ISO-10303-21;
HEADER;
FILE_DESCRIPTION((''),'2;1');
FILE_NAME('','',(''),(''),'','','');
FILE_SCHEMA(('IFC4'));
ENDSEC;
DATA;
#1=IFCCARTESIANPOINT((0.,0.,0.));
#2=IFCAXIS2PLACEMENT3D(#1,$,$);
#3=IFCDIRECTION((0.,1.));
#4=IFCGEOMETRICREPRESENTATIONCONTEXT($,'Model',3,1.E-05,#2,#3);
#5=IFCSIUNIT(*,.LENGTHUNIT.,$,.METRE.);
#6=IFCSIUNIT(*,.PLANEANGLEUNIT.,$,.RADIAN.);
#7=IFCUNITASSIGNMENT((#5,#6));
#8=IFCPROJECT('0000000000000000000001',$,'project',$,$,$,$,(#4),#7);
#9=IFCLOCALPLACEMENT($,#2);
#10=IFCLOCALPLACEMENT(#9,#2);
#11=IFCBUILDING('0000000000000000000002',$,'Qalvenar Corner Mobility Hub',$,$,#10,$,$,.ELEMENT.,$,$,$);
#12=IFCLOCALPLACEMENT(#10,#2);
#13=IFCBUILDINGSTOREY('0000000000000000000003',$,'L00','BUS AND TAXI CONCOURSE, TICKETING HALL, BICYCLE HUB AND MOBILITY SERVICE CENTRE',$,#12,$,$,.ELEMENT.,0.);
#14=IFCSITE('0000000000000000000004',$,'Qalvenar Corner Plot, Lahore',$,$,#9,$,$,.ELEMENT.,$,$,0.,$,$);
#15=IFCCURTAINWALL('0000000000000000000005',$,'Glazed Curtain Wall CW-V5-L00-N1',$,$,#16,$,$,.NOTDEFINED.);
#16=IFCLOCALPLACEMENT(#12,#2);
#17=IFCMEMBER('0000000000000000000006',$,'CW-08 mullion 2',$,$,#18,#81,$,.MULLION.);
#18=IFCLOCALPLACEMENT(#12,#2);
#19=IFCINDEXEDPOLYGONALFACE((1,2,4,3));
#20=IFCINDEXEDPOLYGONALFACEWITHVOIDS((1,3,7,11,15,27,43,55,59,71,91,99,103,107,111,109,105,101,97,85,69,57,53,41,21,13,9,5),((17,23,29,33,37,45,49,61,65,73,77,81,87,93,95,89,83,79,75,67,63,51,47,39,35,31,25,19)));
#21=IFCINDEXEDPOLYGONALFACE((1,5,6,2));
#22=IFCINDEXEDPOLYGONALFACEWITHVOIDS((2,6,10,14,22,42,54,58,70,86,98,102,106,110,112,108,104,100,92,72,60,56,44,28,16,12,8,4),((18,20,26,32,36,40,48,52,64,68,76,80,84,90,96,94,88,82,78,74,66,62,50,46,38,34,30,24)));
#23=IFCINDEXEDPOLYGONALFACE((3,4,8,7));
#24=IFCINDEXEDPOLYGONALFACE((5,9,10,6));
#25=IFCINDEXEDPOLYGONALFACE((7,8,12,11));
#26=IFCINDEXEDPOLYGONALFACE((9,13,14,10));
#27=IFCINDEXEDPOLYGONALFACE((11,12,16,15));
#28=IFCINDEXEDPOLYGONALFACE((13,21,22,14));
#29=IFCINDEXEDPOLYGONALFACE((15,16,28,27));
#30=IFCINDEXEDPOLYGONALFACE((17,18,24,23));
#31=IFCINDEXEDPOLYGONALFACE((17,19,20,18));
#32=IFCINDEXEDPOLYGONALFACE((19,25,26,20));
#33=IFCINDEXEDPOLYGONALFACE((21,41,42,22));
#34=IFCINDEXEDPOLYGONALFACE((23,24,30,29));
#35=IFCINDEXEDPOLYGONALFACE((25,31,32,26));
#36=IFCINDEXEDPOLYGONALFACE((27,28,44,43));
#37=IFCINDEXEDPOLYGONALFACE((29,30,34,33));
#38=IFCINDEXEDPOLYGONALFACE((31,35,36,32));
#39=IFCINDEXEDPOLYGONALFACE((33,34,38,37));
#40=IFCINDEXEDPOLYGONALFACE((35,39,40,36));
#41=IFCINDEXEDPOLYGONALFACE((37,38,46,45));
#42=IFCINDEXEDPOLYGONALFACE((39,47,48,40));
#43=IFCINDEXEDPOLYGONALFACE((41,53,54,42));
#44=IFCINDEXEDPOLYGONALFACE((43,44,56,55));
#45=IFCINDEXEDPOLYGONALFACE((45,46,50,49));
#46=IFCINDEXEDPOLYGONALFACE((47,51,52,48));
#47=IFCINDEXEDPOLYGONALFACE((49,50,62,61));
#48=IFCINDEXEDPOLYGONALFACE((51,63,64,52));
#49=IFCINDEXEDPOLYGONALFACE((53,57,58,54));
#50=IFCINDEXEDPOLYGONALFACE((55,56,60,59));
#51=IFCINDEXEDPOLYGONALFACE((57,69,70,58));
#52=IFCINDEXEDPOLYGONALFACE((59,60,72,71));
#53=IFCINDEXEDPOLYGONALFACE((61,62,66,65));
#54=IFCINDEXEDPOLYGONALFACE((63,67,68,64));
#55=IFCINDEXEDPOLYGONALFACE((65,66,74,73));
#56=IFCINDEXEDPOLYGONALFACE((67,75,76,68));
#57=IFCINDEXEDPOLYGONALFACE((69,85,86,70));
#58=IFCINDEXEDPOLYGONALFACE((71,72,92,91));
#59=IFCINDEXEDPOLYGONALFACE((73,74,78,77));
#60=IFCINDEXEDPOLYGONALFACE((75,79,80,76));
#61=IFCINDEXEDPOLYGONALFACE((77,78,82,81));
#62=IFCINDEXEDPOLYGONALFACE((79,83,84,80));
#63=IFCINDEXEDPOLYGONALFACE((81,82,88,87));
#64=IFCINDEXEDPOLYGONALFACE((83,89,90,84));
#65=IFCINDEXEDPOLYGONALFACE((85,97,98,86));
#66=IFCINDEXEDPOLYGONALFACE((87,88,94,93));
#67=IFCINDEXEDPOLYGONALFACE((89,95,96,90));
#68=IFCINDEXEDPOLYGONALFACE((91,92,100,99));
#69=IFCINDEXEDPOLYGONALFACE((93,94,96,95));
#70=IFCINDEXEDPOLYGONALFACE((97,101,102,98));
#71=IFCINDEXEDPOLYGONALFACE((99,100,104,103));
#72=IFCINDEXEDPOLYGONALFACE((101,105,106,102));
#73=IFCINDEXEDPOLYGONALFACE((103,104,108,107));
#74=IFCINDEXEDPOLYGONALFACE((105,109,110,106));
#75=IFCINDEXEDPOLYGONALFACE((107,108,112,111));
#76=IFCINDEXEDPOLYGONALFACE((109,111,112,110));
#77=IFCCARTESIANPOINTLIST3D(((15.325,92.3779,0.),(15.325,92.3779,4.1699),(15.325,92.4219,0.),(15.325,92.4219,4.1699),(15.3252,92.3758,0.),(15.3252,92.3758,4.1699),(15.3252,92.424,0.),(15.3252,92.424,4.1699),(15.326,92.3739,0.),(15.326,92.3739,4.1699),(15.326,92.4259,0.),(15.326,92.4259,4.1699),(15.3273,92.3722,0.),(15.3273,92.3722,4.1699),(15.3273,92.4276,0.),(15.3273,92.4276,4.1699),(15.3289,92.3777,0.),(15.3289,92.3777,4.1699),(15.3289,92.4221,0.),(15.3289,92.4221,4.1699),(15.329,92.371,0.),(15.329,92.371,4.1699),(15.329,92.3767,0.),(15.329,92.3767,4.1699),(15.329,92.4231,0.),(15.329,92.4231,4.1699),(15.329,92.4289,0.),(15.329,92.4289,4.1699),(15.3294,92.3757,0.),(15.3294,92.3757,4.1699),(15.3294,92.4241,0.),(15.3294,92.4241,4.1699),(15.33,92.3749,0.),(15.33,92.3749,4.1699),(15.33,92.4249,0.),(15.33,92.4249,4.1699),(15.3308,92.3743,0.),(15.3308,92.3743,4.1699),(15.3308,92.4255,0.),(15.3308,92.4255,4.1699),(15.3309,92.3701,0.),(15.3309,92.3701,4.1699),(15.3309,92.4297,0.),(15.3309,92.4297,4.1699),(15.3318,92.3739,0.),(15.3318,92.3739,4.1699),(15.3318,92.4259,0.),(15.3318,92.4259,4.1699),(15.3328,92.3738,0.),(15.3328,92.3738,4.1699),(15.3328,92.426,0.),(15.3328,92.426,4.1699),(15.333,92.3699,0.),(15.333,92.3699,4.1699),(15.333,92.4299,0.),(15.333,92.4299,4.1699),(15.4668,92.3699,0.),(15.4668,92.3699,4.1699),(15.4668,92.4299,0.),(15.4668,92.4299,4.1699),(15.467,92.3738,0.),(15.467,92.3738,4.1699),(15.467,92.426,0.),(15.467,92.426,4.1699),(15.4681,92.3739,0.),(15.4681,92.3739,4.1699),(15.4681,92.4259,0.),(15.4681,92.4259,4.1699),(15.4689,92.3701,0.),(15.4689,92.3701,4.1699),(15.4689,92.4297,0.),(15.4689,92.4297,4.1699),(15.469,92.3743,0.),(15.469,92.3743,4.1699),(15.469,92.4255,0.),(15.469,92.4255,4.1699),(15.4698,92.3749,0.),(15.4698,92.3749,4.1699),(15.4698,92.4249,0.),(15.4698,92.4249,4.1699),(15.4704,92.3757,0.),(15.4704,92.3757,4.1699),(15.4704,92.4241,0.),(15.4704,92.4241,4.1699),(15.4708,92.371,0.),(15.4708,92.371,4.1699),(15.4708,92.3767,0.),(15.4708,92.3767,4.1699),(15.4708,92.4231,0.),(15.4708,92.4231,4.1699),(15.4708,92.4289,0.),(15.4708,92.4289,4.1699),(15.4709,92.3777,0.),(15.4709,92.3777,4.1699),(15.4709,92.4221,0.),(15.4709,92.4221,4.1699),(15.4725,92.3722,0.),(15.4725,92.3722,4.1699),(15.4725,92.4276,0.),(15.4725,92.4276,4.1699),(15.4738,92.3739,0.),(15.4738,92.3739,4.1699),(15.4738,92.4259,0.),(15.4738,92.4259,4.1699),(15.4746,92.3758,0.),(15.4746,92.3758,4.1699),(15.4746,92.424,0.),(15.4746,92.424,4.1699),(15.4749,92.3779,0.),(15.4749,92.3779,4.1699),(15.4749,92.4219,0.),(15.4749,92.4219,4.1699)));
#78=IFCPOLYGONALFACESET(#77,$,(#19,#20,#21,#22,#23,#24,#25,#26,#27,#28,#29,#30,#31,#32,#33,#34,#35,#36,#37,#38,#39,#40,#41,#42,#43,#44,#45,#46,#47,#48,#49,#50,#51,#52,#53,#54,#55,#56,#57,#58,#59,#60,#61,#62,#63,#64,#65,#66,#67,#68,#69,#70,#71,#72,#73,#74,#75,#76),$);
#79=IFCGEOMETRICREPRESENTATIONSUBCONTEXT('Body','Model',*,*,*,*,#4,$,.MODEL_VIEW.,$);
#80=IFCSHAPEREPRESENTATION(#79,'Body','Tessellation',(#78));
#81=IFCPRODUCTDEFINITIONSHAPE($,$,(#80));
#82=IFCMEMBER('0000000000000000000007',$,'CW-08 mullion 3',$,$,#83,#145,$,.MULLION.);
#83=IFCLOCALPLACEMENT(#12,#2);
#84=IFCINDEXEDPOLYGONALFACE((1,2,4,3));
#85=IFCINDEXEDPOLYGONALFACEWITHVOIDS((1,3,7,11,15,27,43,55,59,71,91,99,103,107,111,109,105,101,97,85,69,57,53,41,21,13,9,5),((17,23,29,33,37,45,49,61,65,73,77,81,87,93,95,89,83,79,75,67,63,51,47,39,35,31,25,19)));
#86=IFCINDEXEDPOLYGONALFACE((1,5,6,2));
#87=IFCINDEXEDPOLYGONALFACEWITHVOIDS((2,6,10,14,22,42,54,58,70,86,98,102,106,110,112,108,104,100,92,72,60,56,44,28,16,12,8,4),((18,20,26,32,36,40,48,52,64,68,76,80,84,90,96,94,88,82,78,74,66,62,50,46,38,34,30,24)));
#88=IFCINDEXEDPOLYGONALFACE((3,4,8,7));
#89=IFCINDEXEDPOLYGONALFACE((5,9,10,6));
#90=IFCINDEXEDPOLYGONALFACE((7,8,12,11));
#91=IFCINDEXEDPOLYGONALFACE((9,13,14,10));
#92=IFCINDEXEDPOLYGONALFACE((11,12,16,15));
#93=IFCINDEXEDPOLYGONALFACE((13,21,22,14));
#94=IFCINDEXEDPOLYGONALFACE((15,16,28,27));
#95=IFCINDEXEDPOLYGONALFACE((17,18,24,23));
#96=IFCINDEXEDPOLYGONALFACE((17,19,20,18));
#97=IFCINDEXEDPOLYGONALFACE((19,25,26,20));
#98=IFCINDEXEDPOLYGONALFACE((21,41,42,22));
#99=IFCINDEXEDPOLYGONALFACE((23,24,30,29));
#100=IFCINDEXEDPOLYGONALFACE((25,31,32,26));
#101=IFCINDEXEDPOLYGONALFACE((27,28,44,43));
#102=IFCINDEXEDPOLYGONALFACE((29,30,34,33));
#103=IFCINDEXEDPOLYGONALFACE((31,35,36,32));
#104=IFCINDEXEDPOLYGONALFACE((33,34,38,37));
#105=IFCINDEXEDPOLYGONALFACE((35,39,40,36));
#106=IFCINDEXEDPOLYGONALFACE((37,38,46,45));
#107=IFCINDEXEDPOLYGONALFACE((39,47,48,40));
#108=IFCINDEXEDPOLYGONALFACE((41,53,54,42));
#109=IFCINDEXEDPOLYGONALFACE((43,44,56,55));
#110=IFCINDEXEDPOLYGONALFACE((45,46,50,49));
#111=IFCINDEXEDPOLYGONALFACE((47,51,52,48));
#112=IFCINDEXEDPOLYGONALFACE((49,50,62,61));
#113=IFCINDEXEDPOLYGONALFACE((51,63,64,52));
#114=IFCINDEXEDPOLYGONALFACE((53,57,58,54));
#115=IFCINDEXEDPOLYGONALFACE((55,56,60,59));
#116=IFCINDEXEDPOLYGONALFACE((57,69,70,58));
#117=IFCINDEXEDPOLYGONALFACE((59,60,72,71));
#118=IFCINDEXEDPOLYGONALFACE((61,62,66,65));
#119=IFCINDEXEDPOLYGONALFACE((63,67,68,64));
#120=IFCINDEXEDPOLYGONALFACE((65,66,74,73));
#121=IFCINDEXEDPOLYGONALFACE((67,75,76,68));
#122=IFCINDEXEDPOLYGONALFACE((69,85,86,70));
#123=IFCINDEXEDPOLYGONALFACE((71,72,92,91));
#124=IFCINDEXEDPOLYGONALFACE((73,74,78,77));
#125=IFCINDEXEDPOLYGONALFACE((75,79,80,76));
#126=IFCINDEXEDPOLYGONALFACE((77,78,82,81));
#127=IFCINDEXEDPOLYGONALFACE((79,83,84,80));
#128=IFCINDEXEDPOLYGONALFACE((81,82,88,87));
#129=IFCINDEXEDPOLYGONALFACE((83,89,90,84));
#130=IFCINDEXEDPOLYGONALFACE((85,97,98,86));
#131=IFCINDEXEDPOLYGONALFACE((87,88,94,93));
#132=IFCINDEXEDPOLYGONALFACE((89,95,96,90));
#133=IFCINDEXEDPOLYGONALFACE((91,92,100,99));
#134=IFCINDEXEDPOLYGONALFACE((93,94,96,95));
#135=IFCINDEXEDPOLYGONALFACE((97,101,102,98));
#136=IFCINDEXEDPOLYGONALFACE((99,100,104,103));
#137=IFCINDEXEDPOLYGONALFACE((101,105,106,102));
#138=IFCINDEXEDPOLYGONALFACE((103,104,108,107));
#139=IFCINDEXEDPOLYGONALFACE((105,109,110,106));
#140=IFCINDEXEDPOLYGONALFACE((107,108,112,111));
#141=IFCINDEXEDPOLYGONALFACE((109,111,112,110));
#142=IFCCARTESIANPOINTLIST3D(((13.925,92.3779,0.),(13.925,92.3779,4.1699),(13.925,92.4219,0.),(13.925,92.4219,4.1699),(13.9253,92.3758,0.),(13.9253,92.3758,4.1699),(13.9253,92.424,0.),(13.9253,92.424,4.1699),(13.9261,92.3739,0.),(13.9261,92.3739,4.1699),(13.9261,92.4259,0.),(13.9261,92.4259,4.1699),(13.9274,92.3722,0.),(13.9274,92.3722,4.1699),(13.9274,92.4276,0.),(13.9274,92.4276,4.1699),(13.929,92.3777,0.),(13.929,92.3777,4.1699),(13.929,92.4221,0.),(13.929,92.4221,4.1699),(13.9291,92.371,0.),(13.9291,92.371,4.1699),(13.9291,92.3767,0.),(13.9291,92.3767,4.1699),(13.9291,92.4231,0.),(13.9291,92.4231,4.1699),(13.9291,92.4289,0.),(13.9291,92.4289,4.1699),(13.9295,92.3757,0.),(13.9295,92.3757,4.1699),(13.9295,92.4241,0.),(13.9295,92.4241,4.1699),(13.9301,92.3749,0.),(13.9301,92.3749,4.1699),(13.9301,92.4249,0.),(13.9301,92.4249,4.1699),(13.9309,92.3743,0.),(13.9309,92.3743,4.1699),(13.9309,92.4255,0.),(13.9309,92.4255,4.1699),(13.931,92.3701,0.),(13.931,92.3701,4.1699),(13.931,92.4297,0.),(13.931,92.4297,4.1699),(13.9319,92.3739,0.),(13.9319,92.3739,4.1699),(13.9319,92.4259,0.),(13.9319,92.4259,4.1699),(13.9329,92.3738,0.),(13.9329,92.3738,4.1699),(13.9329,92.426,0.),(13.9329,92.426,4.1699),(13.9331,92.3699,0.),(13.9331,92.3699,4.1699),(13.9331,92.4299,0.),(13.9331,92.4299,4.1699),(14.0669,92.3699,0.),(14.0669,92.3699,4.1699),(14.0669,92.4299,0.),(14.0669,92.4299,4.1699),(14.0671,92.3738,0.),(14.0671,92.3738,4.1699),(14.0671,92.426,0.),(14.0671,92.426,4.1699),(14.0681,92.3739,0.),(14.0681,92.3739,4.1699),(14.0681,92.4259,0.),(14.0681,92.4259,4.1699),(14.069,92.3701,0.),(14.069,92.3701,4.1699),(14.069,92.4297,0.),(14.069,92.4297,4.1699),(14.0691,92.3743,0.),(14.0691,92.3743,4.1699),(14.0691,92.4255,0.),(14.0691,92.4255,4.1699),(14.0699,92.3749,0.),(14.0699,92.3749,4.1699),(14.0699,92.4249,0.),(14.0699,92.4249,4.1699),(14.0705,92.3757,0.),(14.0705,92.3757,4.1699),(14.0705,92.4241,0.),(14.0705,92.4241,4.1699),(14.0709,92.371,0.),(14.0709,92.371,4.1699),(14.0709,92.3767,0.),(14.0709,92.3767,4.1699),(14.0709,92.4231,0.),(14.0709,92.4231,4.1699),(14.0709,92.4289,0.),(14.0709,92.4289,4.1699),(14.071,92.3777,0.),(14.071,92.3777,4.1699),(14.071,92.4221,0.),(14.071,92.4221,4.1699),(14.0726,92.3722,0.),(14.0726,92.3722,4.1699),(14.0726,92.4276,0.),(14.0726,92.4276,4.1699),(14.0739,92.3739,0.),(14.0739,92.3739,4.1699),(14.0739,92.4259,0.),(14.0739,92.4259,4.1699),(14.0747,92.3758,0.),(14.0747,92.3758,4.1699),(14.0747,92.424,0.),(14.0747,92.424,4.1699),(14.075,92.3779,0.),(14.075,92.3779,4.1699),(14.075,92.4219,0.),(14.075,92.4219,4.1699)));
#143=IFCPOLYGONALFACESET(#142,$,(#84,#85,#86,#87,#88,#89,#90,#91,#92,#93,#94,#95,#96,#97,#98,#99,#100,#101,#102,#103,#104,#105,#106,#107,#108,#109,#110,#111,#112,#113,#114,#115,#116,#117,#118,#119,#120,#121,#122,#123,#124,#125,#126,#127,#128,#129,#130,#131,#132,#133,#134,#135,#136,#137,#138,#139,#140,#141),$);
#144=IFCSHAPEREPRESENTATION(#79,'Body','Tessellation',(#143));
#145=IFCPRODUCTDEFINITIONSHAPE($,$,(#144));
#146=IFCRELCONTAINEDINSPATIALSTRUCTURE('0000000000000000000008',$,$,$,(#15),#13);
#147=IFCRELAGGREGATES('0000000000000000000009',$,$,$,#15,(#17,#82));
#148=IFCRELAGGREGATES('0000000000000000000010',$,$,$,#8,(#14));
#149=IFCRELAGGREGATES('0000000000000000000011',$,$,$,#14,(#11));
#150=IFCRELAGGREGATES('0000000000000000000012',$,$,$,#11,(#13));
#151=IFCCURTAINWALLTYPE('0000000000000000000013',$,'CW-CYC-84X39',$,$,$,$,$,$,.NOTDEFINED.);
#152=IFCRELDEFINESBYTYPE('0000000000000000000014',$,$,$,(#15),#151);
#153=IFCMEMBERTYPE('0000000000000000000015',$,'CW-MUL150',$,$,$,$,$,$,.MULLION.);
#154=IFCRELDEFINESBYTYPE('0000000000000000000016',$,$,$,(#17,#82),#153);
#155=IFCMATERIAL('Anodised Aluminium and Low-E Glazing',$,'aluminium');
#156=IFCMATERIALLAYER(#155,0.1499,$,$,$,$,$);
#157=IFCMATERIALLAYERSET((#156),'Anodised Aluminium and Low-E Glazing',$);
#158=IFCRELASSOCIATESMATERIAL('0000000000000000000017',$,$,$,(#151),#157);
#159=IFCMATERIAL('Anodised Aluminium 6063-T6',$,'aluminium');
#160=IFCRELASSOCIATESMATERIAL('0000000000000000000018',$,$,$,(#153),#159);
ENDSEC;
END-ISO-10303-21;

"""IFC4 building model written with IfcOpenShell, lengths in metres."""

from ifc_helpers import new_model, si_unit, direction, frame, origin, origin_2d, place, context, subcontext, project, spatial, hollow_rectangle, extrude, material, layer, layer_set, material_profile, profile_set, type_object, element, aggregate, save


model = new_model("IFC4")

# Units and contexts
model_context = context("Model", 3, precision=1e-05, world=origin(), true_north=direction((0.0, 1.0)))
body_context = subcontext(model_context, "Body", "Model", "MODEL_VIEW")
ifc_project = project(units=[si_unit("LENGTHUNIT", "METRE"), si_unit("PLANEANGLEUNIT", "RADIAN")], contexts=[model_context])

# Site, building, storey
site_placement = place(None, origin())
site = spatial("IfcSite", under=ifc_project, at=site_placement, Name="Qalvenar Corner Plot, Lahore", CompositionType="ELEMENT", RefElevation=0.0)
building_placement = place(site_placement, origin())
building = spatial("IfcBuilding", under=site, at=building_placement, Name="Qalvenar Corner Mobility Hub", CompositionType="ELEMENT")
storey_placement = place(building_placement, origin())
storey = spatial("IfcBuildingStorey", under=building, at=storey_placement, Name="L00", Description="BUS AND TAXI CONCOURSE, TICKETING HALL, BICYCLE HUB AND MOBILITY SERVICE CENTRE", CompositionType="ELEMENT", Elevation=0.0)

# Curtain wall, members
ifc_material_1 = material(Name="Anodised Aluminium and Low-E Glazing", Category="aluminium")
ifc_layer_1 = layer(ifc_material_1, 0.1499)
ifc_layer_set_1 = layer_set([ifc_layer_1], Name="Anodised Aluminium and Low-E Glazing")
curtain_wall_type = type_object("IfcCurtainWallType", Name="CW-CYC-84X39", PredefinedType="NOTDEFINED", material=ifc_layer_set_1)
curtain_wall_placement = place(storey_placement, origin())
curtain_wall = element("IfcCurtainWall", 1, at=curtain_wall_placement, inside=storey, type_object=curtain_wall_type, Name="Glazed Curtain Wall CW-V5-L00-N1", PredefinedType="NOTDEFINED")
ifc_material_2 = material(Name="Anodised Aluminium 6063-T6", Category="aluminium")
ifc_material_profile_1 = material_profile(ifc_material_2, hollow_rectangle(XDim=0.0601, YDim=0.1499, WallThickness=0.0039, InnerFilletRadius=0.0039, OuterFilletRadius=0.0081, at=origin_2d()), Name="RHS150x60x4")
ifc_profile_set_1 = profile_set([ifc_material_profile_1], Name="Anodised Aluminium 6063-T6")
member_type_1 = type_object("IfcMemberType", Name="CW-MUL150", PredefinedType="MULLION", material=ifc_profile_set_1)
member_1_placement = place(storey_placement, frame((15.3999, 92.3999, 0.0), z_axis=(0.0, 0.0, 1.0), x_axis=(0.0, -1.0, 0.0)))
member_1 = element("IfcMember", 2, at=member_1_placement, type_object=member_type_1, Name="CW-08 mullion 2", PredefinedType="MULLION", context=body_context, shape_type="SweptSolid", body=[
    extrude(hollow_rectangle(XDim=0.0601, YDim=0.1499, WallThickness=0.0039, InnerFilletRadius=0.0039, OuterFilletRadius=0.0081, at=origin_2d()), origin(), (0.0, 0.0, 1.0), 4.1699),
])
member_2_placement = place(storey_placement, frame((14.0, 92.3999, 0.0), z_axis=(0.0, 0.0, 1.0), x_axis=(0.0, -1.0, 0.0)))
member_2 = element("IfcMember", 3, at=member_2_placement, type_object=member_type_1, Name="CW-08 mullion 3", PredefinedType="MULLION", context=body_context, shape_type="SweptSolid", body=[
    extrude(hollow_rectangle(XDim=0.0601, YDim=0.1499, WallThickness=0.0039, InnerFilletRadius=0.0039, OuterFilletRadius=0.0081, at=origin_2d()), origin(), (0.0, 0.0, 1.0), 4.1699),
])
aggregate(curtain_wall, [member_1, member_2])

save(model, "model.ifc")
